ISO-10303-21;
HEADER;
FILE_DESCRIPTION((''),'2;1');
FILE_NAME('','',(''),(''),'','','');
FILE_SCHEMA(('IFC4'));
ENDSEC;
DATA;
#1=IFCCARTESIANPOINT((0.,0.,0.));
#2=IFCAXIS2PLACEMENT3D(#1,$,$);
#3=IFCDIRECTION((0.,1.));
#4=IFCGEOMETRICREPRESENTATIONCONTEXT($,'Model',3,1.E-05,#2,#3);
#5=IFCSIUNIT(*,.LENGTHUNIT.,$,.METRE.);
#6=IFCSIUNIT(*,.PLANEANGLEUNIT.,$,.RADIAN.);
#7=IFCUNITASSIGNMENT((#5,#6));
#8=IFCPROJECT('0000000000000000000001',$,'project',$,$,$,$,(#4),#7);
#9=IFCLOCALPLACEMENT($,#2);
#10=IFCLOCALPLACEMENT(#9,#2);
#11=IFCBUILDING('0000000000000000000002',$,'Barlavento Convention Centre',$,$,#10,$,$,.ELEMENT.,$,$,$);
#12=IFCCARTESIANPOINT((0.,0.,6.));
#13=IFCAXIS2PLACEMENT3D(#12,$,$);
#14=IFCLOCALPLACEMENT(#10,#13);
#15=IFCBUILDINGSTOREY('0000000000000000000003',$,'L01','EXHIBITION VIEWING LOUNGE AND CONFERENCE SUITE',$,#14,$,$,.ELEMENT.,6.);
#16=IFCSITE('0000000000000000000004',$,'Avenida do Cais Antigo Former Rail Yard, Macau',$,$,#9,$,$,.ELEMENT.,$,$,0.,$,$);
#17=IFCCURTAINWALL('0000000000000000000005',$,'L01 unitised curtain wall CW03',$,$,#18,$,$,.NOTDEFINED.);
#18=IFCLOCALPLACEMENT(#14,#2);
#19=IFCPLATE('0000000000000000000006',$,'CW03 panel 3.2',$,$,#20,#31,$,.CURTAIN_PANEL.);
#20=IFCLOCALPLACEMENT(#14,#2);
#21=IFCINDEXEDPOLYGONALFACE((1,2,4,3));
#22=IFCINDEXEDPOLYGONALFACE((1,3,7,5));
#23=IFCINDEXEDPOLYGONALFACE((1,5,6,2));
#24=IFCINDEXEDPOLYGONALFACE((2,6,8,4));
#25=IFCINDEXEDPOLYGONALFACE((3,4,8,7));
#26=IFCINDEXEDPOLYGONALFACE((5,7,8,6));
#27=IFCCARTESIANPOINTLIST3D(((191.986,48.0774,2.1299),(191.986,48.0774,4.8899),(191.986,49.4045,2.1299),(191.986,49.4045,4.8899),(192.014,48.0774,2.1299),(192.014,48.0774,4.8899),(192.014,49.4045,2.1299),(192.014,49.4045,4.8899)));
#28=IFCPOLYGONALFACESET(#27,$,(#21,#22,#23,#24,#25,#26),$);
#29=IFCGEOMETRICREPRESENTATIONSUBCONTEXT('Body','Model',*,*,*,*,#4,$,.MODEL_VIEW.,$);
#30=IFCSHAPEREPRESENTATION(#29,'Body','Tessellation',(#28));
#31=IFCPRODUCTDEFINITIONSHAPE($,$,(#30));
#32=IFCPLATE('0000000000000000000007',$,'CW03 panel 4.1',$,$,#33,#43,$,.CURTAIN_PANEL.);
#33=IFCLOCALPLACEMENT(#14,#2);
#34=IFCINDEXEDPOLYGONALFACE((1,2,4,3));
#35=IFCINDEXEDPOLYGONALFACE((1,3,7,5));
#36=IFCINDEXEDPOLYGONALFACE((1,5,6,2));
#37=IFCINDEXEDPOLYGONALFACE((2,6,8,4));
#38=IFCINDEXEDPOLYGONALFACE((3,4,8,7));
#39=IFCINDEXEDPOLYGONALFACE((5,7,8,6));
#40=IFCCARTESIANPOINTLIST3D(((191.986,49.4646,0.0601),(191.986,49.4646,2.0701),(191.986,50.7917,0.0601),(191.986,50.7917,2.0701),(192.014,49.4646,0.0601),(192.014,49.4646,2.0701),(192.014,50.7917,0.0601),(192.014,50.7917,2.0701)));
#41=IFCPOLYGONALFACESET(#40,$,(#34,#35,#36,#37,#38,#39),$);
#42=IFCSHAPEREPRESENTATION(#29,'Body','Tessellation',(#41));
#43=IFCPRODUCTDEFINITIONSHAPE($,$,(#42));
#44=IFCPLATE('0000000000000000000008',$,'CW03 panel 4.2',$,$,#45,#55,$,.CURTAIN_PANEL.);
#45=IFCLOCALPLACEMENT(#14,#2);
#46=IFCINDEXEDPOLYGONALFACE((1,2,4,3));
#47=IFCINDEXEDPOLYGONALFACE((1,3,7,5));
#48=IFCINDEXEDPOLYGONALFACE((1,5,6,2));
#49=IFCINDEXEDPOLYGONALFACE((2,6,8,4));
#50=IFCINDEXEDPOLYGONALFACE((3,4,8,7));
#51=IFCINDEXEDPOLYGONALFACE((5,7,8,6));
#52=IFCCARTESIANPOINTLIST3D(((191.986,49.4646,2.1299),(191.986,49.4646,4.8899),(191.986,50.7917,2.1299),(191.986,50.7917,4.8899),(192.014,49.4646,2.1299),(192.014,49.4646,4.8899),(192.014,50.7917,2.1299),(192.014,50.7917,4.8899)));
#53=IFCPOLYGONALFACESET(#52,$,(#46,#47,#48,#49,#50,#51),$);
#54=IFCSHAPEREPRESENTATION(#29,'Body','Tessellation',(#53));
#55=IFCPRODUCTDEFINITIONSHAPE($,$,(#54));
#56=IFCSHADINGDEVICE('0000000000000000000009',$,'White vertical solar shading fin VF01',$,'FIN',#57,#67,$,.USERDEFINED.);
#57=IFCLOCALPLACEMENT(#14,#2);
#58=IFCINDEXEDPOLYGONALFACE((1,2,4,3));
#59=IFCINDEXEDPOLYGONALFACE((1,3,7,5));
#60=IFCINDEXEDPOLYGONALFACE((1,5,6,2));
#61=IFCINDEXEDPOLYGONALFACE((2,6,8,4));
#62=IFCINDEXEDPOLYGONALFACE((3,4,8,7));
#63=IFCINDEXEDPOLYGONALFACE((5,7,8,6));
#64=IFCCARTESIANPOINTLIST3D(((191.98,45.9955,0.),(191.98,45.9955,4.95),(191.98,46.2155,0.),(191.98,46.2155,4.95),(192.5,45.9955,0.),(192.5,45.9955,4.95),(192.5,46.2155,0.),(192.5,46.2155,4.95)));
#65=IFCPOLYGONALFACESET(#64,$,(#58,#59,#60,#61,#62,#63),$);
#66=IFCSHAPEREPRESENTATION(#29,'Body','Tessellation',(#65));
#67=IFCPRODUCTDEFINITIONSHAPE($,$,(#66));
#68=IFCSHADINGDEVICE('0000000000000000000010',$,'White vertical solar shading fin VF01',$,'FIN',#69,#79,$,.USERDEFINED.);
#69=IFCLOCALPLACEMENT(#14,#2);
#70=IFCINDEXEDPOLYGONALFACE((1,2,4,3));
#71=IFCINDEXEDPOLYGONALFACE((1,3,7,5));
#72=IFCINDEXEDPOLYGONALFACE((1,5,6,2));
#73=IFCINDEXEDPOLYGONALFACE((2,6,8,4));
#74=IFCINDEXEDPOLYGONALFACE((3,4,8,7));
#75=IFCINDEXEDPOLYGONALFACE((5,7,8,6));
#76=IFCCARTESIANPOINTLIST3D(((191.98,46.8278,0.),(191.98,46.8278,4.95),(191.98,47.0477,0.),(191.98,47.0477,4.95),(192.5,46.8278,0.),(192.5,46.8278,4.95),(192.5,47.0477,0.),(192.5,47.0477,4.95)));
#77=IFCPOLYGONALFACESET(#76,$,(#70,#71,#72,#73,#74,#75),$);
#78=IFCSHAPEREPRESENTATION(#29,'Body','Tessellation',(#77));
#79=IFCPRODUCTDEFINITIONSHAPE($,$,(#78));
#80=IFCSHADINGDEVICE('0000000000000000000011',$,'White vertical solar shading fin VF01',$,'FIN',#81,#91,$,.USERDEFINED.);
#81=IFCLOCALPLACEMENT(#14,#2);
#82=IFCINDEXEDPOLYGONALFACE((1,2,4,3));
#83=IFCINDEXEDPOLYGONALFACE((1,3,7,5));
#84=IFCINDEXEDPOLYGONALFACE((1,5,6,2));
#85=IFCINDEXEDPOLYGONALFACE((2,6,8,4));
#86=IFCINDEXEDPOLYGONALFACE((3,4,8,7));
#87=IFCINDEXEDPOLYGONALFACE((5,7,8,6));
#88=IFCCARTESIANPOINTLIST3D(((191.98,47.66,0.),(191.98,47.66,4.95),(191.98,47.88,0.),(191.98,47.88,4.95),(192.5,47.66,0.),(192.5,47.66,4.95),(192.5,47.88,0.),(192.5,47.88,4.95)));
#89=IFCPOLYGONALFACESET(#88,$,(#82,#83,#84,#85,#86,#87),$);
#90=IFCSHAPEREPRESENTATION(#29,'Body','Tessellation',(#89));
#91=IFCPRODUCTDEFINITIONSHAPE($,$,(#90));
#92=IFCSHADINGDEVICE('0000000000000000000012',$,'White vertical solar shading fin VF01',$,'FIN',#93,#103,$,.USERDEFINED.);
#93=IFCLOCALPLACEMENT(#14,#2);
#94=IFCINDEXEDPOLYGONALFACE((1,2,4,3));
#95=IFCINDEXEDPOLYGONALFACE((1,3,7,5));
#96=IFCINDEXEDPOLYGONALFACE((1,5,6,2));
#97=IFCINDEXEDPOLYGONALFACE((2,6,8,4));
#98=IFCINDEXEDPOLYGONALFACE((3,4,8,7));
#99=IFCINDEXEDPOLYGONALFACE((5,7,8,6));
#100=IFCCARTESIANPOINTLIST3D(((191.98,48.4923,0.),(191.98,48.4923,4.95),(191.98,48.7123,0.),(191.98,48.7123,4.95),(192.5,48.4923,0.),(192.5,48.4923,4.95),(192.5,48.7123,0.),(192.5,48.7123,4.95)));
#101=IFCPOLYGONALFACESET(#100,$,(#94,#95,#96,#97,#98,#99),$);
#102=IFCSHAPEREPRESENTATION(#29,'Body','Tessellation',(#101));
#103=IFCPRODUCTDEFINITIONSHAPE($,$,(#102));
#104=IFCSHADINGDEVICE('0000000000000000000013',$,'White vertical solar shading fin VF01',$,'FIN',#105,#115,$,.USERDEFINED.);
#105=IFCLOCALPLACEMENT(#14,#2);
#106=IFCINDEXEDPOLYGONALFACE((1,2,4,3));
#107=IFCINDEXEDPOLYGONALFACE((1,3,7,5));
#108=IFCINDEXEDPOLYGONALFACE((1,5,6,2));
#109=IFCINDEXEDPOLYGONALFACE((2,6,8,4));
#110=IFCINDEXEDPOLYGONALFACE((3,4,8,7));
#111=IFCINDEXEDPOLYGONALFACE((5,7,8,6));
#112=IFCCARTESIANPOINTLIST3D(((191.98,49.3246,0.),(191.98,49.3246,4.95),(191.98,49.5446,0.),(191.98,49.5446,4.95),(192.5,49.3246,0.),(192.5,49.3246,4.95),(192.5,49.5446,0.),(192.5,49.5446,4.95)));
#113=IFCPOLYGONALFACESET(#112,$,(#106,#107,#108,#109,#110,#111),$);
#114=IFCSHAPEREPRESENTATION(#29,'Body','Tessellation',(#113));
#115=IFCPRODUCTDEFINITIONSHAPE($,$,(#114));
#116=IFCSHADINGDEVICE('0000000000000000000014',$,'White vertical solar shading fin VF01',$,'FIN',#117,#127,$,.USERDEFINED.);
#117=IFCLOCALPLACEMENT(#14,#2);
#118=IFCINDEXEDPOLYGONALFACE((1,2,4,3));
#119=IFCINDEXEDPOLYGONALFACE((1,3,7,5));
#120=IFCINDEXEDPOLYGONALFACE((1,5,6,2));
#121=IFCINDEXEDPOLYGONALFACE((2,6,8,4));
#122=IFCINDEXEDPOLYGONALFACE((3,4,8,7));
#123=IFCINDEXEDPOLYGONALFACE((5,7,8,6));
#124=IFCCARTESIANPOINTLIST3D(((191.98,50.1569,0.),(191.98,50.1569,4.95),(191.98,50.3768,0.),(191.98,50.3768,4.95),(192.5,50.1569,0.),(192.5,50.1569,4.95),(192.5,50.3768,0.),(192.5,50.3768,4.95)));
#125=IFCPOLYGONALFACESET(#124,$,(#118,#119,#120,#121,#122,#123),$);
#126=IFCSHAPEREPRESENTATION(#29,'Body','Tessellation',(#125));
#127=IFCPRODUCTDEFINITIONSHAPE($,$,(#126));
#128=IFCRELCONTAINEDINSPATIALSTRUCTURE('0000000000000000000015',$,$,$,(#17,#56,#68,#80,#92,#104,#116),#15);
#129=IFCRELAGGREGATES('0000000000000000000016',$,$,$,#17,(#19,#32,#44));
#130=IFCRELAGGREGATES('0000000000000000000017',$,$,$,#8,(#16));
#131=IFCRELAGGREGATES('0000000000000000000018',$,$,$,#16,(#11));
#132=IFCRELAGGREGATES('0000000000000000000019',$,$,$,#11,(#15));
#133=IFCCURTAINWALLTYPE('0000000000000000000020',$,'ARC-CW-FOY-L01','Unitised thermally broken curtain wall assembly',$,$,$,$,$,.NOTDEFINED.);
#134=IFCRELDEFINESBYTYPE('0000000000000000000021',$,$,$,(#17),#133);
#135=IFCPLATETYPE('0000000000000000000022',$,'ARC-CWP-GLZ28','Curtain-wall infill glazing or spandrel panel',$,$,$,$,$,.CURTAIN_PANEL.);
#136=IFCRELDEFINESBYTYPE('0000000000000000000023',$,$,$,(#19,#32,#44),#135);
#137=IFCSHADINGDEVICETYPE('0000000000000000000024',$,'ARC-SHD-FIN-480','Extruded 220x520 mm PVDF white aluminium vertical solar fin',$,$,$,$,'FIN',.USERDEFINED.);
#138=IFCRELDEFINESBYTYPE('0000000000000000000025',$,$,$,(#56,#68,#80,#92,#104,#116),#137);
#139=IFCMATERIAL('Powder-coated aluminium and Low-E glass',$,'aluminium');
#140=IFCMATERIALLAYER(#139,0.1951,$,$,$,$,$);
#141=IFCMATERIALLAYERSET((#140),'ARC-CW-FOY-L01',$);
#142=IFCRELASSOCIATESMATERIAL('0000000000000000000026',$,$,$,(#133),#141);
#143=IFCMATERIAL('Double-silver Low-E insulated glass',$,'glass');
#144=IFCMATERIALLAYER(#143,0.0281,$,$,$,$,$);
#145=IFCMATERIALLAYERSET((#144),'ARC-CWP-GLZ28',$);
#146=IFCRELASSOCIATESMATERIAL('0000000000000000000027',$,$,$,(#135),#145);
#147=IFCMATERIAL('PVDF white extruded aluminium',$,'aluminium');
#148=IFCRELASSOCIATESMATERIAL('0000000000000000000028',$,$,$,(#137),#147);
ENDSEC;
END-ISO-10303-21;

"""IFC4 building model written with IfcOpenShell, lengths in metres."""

from ifc_helpers import new_model, si_unit, direction, frame, origin, origin_2d, place, context, subcontext, project, spatial, rectangle, extrude, material, layer, layer_set, type_object, element, aggregate, save


model = new_model("IFC4")

# Units and contexts
model_context = context("Model", 3, precision=1e-05, world=origin(), true_north=direction((0.0, 1.0)))
body_context = subcontext(model_context, "Body", "Model", "MODEL_VIEW")
ifc_project = project(units=[si_unit("LENGTHUNIT", "METRE"), si_unit("PLANEANGLEUNIT", "RADIAN")], contexts=[model_context])

# Site, building, storey
site_placement = place(None, origin())
site = spatial("IfcSite", under=ifc_project, at=site_placement, Name="Avenida do Cais Antigo Former Rail Yard, Macau", CompositionType="ELEMENT", RefElevation=0.0)
building_placement = place(site_placement, origin())
building = spatial("IfcBuilding", under=site, at=building_placement, Name="Barlavento Convention Centre", CompositionType="ELEMENT")
storey_placement = place(building_placement, frame((0.0, 0.0, 6.0)))
storey = spatial("IfcBuildingStorey", under=building, at=storey_placement, Name="L01", Description="EXHIBITION VIEWING LOUNGE AND CONFERENCE SUITE", CompositionType="ELEMENT", Elevation=6.0)

# Curtain wall, plates
ifc_material_1 = material(Name="Powder-coated aluminium and Low-E glass", Category="aluminium")
ifc_layer_1 = layer(ifc_material_1, 0.1951)
ifc_layer_set_1 = layer_set([ifc_layer_1], Name="ARC-CW-FOY-L01")
curtain_wall_type = type_object("IfcCurtainWallType", Name="ARC-CW-FOY-L01", Description="Unitised thermally broken curtain wall assembly", PredefinedType="NOTDEFINED", material=ifc_layer_set_1)
curtain_wall_placement = place(storey_placement, origin())
curtain_wall = element("IfcCurtainWall", 1, at=curtain_wall_placement, inside=storey, type_object=curtain_wall_type, Name="L01 unitised curtain wall CW03", PredefinedType="NOTDEFINED")
ifc_material_2 = material(Name="Double-silver Low-E insulated glass", Category="glass")
ifc_layer_2 = layer(ifc_material_2, 0.0281)
ifc_layer_set_2 = layer_set([ifc_layer_2], Name="ARC-CWP-GLZ28")
plate_type = type_object("IfcPlateType", Name="ARC-CWP-GLZ28", Description="Curtain-wall infill glazing or spandrel panel", PredefinedType="CURTAIN_PANEL", material=ifc_layer_set_2)
plate_1_placement = place(storey_placement, frame((192.0, 48.741, 2.1299), z_axis=(0.0, 0.0, 1.0), x_axis=(0.0, 1.0, 0.0)))
plate_1 = element("IfcPlate", 2, at=plate_1_placement, type_object=plate_type, Name="CW03 panel 3.2", PredefinedType="CURTAIN_PANEL", context=body_context, shape_type="SweptSolid", body=[
    extrude(rectangle(XDim=1.3271, YDim=0.0281, at=origin_2d()), origin(), (0.0, 0.0, 1.0), 2.76),
])
plate_2_placement = place(storey_placement, frame((192.0, 50.1282, 0.0601), z_axis=(0.0, 0.0, 1.0), x_axis=(0.0, 1.0, 0.0)))
plate_2 = element("IfcPlate", 3, at=plate_2_placement, type_object=plate_type, Name="CW03 panel 4.1", PredefinedType="CURTAIN_PANEL", context=body_context, shape_type="SweptSolid", body=[
    extrude(rectangle(XDim=1.3271, YDim=0.0281, at=origin_2d()), origin(), (0.0, 0.0, 1.0), 2.01),
])
plate_3_placement = place(storey_placement, frame((192.0, 50.1282, 2.1299), z_axis=(0.0, 0.0, 1.0), x_axis=(0.0, 1.0, 0.0)))
plate_3 = element("IfcPlate", 4, at=plate_3_placement, type_object=plate_type, Name="CW03 panel 4.2", PredefinedType="CURTAIN_PANEL", context=body_context, shape_type="SweptSolid", body=[
    extrude(rectangle(XDim=1.3271, YDim=0.0281, at=origin_2d()), origin(), (0.0, 0.0, 1.0), 2.76),
])
aggregate(curtain_wall, [plate_1, plate_2, plate_3])

# Shading devices
ifc_material_3 = material(Name="PVDF white extruded aluminium", Category="aluminium")
shading_device_type = type_object("IfcShadingDeviceType", Name="ARC-SHD-FIN-480", Description="Extruded 220x520 mm PVDF white aluminium vertical solar fin", ElementType="FIN", PredefinedType="USERDEFINED", material=ifc_material_3)
for number, where, z_axis, x_axis, name in (
    (5, (192.24, 46.1055, 0.0), (0.0, 0.0, 1.0), (0.0, 1.0, 0.0), "White vertical solar shading fin VF01"),
    (6, (192.24, 46.9377, 0.0), (0.0, 0.0, 1.0), (0.0, 1.0, 0.0), "White vertical solar shading fin VF01"),
    (7, (192.24, 47.77, 0.0), (0.0, 0.0, 1.0), (0.0, 1.0, 0.0), "White vertical solar shading fin VF01"),
    (8, (192.24, 48.6023, 0.0), (0.0, 0.0, 1.0), (0.0, 1.0, 0.0), "White vertical solar shading fin VF01"),
    (9, (192.24, 49.4346, 0.0), (0.0, 0.0, 1.0), (0.0, 1.0, 0.0), "White vertical solar shading fin VF01"),
    (10, (192.24, 50.2668, 0.0), (0.0, 0.0, 1.0), (0.0, 1.0, 0.0), "White vertical solar shading fin VF01"),
):
    element("IfcShadingDevice", number, at=place(storey_placement, frame(where, z_axis=z_axis, x_axis=x_axis)), inside=storey, type_object=shading_device_type, Name=name, ObjectType="FIN", PredefinedType="USERDEFINED", context=body_context, shape_type="SweptSolid", body=[
        extrude(rectangle(XDim=0.22, YDim=0.52, at=origin_2d()), origin(), (0.0, 0.0, 1.0), 4.95),
    ])

save(model, "model.ifc")
